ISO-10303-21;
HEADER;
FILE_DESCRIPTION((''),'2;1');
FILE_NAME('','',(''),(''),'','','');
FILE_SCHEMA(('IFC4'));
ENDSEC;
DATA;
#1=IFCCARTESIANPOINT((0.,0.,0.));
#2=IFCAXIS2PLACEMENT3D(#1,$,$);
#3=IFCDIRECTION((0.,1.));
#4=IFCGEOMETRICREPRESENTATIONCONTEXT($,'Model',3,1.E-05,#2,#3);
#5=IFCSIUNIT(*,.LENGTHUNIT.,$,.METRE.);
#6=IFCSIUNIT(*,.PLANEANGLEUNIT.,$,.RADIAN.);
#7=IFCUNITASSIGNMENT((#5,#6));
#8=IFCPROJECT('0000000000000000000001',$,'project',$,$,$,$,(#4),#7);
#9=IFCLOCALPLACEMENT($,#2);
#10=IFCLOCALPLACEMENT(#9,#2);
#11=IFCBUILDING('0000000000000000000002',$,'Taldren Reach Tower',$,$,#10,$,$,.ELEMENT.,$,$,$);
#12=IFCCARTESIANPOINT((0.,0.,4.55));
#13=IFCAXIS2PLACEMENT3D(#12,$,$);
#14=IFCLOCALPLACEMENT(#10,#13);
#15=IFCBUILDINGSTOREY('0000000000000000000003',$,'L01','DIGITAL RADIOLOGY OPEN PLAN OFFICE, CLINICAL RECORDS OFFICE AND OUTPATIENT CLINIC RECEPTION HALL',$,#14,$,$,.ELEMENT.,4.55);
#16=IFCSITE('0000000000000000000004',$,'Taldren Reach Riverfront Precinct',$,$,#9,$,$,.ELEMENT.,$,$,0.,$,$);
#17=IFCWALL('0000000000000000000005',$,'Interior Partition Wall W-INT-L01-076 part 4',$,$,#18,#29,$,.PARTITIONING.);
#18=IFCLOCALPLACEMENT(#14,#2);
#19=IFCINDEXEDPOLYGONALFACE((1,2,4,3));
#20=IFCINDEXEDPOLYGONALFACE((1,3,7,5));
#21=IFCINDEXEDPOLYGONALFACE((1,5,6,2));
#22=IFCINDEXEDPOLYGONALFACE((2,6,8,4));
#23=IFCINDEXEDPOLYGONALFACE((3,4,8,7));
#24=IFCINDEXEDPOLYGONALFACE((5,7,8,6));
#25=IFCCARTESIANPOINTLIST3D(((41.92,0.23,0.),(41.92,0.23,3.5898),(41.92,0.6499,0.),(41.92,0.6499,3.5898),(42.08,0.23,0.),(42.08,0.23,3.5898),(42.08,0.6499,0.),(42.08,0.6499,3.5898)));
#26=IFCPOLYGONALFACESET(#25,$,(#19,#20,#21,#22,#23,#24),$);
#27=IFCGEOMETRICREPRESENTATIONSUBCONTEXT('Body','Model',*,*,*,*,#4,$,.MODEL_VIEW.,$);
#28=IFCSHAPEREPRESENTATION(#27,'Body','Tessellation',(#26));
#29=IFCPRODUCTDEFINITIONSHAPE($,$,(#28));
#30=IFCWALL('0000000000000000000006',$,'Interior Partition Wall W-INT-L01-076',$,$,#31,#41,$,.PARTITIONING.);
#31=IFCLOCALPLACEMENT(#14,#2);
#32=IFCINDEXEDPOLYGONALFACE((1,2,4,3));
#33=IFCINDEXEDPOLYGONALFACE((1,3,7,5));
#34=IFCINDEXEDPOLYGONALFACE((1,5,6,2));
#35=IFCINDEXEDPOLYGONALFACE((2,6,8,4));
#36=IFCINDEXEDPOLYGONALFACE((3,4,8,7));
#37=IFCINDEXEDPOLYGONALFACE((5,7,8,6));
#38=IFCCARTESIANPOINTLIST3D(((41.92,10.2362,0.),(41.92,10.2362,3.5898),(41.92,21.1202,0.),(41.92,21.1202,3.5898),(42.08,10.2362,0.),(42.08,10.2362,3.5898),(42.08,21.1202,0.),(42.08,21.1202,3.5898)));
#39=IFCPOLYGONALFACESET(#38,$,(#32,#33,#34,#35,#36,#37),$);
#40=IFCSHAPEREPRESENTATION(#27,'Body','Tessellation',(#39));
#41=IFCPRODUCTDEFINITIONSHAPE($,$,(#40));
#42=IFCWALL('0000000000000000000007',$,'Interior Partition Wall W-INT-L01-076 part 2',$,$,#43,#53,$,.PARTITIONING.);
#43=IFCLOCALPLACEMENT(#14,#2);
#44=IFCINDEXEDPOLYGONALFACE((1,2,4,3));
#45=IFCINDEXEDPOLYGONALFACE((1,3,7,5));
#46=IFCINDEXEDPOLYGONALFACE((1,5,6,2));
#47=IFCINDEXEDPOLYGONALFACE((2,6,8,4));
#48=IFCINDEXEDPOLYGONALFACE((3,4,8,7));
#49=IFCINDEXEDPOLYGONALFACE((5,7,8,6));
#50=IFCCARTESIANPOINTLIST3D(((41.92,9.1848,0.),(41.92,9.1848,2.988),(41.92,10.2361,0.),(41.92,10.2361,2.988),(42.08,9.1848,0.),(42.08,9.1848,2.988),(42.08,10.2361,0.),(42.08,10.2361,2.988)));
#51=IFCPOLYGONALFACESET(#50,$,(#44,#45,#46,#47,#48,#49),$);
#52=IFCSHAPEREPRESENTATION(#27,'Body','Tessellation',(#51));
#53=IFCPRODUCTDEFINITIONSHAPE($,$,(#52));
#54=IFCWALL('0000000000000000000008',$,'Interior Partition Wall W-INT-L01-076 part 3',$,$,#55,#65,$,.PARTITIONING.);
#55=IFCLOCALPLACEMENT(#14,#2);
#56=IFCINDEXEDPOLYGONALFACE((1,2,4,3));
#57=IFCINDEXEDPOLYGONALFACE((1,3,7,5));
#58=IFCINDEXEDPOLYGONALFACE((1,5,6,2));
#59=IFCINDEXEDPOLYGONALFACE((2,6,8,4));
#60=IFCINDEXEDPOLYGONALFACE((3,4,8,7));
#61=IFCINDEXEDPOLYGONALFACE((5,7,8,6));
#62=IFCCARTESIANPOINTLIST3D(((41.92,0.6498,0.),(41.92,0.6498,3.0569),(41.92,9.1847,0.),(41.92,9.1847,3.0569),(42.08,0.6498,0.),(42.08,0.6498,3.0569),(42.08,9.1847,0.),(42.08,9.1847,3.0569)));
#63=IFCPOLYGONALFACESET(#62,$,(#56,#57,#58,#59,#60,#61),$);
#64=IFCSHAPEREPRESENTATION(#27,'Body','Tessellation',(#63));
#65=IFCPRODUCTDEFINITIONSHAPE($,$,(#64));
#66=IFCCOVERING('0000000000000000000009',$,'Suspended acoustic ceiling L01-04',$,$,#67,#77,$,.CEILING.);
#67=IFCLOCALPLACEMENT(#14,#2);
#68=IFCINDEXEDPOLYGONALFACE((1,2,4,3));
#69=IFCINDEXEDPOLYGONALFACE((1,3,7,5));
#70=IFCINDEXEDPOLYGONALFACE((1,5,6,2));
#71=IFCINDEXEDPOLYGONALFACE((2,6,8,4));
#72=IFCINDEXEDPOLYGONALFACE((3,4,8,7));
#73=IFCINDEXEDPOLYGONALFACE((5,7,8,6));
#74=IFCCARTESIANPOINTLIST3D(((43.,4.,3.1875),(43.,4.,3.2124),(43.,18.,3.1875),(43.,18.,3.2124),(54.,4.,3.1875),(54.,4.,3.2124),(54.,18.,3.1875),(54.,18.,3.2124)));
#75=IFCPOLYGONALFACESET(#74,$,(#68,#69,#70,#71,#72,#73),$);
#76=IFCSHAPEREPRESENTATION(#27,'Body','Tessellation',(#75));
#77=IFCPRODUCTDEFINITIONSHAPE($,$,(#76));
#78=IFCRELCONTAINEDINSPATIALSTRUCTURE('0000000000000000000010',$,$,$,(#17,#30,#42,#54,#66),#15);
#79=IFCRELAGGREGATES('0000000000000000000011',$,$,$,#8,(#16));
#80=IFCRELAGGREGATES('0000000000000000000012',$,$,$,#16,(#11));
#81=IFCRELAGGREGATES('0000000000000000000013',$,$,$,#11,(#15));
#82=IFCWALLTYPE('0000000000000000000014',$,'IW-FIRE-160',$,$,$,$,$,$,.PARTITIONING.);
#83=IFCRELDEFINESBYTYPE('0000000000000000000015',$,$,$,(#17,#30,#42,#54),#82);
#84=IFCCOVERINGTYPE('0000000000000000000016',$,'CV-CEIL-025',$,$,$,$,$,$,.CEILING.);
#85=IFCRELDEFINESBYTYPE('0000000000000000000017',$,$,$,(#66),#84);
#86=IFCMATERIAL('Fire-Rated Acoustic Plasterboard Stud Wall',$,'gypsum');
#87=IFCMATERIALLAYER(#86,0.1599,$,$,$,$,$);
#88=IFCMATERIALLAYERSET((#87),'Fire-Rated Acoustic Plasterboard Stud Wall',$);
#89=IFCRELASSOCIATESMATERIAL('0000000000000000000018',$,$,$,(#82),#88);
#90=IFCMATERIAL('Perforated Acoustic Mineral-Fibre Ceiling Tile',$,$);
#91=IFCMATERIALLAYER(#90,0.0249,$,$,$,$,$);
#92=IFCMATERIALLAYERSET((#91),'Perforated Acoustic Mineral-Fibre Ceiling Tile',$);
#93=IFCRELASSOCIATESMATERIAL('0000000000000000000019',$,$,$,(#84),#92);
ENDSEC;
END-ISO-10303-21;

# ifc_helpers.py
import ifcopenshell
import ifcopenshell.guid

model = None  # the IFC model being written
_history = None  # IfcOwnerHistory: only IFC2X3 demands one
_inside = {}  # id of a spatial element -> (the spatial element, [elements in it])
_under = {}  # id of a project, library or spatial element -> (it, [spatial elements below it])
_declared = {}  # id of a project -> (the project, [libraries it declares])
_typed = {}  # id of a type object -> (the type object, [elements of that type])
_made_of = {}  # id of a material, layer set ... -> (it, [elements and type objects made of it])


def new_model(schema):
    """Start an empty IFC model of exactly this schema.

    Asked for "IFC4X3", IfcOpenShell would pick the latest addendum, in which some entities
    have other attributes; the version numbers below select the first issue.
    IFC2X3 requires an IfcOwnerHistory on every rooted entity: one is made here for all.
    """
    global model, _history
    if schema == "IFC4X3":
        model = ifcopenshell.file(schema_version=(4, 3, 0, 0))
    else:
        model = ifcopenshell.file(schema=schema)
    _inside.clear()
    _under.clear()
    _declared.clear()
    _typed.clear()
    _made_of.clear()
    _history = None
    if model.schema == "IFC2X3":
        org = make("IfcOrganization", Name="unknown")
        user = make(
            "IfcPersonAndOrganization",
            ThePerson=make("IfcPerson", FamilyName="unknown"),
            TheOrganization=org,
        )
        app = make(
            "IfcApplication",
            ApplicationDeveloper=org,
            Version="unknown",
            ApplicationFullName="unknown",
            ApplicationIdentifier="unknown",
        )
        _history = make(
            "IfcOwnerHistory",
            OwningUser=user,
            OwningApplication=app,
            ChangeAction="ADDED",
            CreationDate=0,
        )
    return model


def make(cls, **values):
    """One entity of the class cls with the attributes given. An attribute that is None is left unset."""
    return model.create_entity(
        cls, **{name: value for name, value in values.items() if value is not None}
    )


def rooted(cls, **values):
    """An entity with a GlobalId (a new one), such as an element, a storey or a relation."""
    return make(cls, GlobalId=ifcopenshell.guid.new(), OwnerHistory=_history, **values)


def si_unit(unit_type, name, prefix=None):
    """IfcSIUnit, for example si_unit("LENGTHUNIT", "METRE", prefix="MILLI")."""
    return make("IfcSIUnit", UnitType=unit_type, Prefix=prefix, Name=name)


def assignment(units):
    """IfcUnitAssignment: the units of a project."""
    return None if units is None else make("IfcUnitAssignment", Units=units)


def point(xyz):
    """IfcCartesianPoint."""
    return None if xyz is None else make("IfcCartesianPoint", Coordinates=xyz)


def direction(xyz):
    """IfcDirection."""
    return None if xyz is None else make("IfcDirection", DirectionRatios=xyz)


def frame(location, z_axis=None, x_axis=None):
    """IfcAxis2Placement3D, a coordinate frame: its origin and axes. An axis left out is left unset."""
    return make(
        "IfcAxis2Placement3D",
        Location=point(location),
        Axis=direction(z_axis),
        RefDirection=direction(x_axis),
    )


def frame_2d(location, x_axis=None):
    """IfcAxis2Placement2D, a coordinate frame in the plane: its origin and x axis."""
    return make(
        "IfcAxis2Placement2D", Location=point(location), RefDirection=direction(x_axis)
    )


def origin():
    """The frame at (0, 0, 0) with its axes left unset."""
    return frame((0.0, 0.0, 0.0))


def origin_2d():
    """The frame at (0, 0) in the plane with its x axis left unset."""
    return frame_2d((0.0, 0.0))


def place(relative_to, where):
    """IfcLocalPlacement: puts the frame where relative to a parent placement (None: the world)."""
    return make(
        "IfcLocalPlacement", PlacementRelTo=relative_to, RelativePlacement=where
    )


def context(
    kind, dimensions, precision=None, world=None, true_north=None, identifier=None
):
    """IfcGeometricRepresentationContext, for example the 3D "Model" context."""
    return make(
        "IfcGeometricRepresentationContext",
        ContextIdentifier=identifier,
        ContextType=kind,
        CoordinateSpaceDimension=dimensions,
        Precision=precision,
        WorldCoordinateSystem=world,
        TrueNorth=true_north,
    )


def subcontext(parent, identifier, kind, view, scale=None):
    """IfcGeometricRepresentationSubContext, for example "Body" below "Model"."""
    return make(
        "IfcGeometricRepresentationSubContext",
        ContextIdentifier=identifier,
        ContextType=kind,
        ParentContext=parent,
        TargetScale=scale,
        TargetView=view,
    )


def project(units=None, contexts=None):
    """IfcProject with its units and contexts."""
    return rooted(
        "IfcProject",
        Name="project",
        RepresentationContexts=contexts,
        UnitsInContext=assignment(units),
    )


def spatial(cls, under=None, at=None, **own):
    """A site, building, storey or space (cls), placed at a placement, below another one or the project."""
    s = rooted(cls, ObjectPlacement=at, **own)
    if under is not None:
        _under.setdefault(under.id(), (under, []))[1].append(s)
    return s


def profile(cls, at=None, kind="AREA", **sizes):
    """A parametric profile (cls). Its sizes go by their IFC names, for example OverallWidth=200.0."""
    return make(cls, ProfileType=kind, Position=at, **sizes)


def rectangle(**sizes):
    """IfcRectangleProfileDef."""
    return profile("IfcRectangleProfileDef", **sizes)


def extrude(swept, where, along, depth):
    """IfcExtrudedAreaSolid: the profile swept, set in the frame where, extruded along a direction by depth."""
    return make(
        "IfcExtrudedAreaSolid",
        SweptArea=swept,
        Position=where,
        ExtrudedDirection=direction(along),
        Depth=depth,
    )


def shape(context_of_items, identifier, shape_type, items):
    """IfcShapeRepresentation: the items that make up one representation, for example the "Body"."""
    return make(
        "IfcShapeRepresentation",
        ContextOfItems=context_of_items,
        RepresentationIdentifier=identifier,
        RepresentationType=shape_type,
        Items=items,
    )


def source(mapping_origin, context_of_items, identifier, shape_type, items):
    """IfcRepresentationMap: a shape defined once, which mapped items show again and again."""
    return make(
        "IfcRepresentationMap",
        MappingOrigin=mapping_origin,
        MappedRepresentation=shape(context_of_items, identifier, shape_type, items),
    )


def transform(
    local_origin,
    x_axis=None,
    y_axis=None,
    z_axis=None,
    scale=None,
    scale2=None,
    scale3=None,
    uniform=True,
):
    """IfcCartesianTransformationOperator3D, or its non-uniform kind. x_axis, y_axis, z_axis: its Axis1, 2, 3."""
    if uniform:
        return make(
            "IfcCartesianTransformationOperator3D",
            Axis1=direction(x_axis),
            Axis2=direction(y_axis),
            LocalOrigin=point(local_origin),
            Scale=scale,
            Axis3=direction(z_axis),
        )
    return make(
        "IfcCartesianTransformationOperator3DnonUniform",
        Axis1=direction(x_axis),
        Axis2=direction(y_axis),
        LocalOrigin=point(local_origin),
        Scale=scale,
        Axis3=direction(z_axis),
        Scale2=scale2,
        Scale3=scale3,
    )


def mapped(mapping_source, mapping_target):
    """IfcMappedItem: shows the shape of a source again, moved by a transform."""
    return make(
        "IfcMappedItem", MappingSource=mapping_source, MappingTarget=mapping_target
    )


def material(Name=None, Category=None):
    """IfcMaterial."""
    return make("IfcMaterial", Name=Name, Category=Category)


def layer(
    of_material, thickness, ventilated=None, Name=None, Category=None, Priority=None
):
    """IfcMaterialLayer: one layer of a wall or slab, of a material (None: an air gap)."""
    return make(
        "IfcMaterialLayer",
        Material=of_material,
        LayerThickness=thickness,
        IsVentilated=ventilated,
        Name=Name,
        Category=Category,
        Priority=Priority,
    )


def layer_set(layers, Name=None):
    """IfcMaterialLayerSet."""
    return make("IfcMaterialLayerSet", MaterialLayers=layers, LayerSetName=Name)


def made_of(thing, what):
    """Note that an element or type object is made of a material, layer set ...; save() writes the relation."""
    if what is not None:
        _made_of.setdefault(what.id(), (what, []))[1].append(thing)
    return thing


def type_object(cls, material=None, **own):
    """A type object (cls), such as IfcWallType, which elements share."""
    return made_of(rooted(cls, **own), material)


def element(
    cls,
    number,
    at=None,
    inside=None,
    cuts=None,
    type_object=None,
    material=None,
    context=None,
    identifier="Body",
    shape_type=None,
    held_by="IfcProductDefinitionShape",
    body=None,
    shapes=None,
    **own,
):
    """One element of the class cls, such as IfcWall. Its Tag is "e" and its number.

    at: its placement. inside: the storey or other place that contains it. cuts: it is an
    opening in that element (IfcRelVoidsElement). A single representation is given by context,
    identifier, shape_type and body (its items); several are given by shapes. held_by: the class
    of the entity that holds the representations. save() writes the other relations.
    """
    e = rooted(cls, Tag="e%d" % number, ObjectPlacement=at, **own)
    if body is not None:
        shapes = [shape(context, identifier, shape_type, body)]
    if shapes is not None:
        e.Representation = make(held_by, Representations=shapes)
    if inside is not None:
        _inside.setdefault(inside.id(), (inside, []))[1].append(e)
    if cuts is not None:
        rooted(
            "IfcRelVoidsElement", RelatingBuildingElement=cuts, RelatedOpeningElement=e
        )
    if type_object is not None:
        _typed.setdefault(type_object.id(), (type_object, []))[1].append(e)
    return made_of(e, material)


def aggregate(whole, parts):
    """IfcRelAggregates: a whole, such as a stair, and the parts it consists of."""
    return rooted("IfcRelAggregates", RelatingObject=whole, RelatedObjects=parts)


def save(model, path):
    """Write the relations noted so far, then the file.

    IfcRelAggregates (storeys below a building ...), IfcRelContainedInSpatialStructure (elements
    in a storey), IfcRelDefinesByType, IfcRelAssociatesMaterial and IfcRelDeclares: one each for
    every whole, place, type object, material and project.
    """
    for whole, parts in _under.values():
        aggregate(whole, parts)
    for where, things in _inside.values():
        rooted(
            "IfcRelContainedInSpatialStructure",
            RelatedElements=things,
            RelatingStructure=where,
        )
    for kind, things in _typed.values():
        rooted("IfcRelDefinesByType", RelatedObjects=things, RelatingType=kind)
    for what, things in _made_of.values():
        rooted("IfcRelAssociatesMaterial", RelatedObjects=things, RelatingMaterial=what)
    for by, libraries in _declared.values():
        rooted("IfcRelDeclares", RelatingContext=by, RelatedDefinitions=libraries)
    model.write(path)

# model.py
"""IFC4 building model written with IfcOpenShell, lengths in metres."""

from ifc_helpers import new_model, si_unit, direction, frame, frame_2d, origin, origin_2d, place, context, subcontext, project, spatial, rectangle, extrude, source, transform, mapped, material, layer, layer_set, type_object, element, save


model = new_model("IFC4")

# Units and contexts
model_context = context("Model", 3, precision=1e-05, world=origin(), true_north=direction((0.0, 1.0)))
body_context = subcontext(model_context, "Body", "Model", "MODEL_VIEW")
ifc_project = project(units=[si_unit("LENGTHUNIT", "METRE"), si_unit("PLANEANGLEUNIT", "RADIAN")], contexts=[model_context])

# Site, building, storey
site_placement = place(None, origin())
site = spatial("IfcSite", under=ifc_project, at=site_placement, Name="Taldren Reach Riverfront Precinct", CompositionType="ELEMENT", RefElevation=0.0)
building_placement = place(site_placement, origin())
building = spatial("IfcBuilding", under=site, at=building_placement, Name="Taldren Reach Tower", CompositionType="ELEMENT")
storey_placement = place(building_placement, frame((0.0, 0.0, 4.55)))
storey = spatial("IfcBuildingStorey", under=building, at=storey_placement, Name="L01", Description="DIGITAL RADIOLOGY OPEN PLAN OFFICE, CLINICAL RECORDS OFFICE AND OUTPATIENT CLINIC RECEPTION HALL", CompositionType="ELEMENT", Elevation=4.55)

# Shared definitions
ifc_material_1 = material(Name="Fire-Rated Acoustic Plasterboard Stud Wall", Category="gypsum")
ifc_layer_1 = layer(ifc_material_1, 0.1599)
ifc_layer_set_1 = layer_set([ifc_layer_1], Name="Fire-Rated Acoustic Plasterboard Stud Wall")
wall_type_1 = type_object("IfcWallType", Name="IW-FIRE-160", PredefinedType="PARTITIONING", material=ifc_layer_set_1)

# Walls
shared_shape_1 = source(origin(), body_context, "Body", "SweptSolid", [
    extrude(rectangle(XDim=0.4199, YDim=0.1599, at=frame_2d((0.21, 0.0))), origin(), (0.0, 0.0, 1.0), 3.5898),
])
wall_1_placement = place(storey_placement, frame((42.0, 0.6499, 0.0), z_axis=(0.0, 0.0, 1.0), x_axis=(0.0, -1.0, 0.0)))
element("IfcWall", 1, at=wall_1_placement, inside=storey, type_object=wall_type_1, Name="Interior Partition Wall W-INT-L01-076 part 4", PredefinedType="PARTITIONING", context=body_context, shape_type="MappedRepresentation", body=[
    mapped(shared_shape_1, transform((0.0, 0.0, 0.0), scale=1.0)),
])
shared_shape_2 = source(origin(), body_context, "Body", "SweptSolid", [
    extrude(rectangle(XDim=10.884, YDim=0.1599, at=frame_2d((5.4419, 0.0))), origin(), (0.0, 0.0, 1.0), 3.5898),
])
wall_2_placement = place(storey_placement, frame((42.0, 21.1201, 0.0), z_axis=(0.0, 0.0, 1.0), x_axis=(0.0, -1.0, 0.0)))
element("IfcWall", 2, at=wall_2_placement, inside=storey, type_object=wall_type_1, Name="Interior Partition Wall W-INT-L01-076", PredefinedType="PARTITIONING", context=body_context, shape_type="MappedRepresentation", body=[
    mapped(shared_shape_2, transform((0.0, 0.0, 0.0), scale=1.0)),
])
shared_shape_3 = source(origin(), body_context, "Body", "SweptSolid", [
    extrude(rectangle(XDim=1.0513, YDim=0.1599, at=frame_2d((0.5256, 0.0))), origin(), (0.0, 0.0, 1.0), 2.988),
])
wall_3_placement = place(storey_placement, frame((42.0, 10.2361, 0.0), z_axis=(0.0, 0.0, 1.0), x_axis=(0.0, -1.0, 0.0)))
element("IfcWall", 3, at=wall_3_placement, inside=storey, type_object=wall_type_1, Name="Interior Partition Wall W-INT-L01-076 part 2", PredefinedType="PARTITIONING", context=body_context, shape_type="MappedRepresentation", body=[
    mapped(shared_shape_3, transform((0.0, 0.0, 0.0), scale=1.0)),
])
shared_shape_4 = source(origin(), body_context, "Body", "SweptSolid", [
    extrude(rectangle(XDim=8.5349, YDim=0.1599, at=frame_2d((4.2676, 0.0))), origin(), (0.0, 0.0, 1.0), 3.0569),
])
wall_4_placement = place(storey_placement, frame((42.0, 9.1848, 0.0), z_axis=(0.0, 0.0, 1.0), x_axis=(0.0, -1.0, 0.0)))
element("IfcWall", 4, at=wall_4_placement, inside=storey, type_object=wall_type_1, Name="Interior Partition Wall W-INT-L01-076 part 3", PredefinedType="PARTITIONING", context=body_context, shape_type="MappedRepresentation", body=[
    mapped(shared_shape_4, transform((0.0, 0.0, 0.0), scale=1.0)),
])

# Covering
ifc_material_2 = material(Name="Perforated Acoustic Mineral-Fibre Ceiling Tile")
ifc_layer_2 = layer(ifc_material_2, 0.0249)
ifc_layer_set_2 = layer_set([ifc_layer_2], Name="Perforated Acoustic Mineral-Fibre Ceiling Tile")
covering_type = type_object("IfcCoveringType", Name="CV-CEIL-025", PredefinedType="CEILING", material=ifc_layer_set_2)
shared_shape_5 = source(origin(), body_context, "Body", "SweptSolid", [
    extrude(rectangle(XDim=11.0, YDim=14.0, at=origin_2d()), origin(), (0.0, 0.0, 1.0), 0.0249),
])
covering_placement = place(storey_placement, frame((48.5, 11.0, 3.1875), z_axis=(0.0, 0.0, 1.0), x_axis=(1.0, 0.0, 0.0)))
element("IfcCovering", 5, at=covering_placement, inside=storey, type_object=covering_type, Name="Suspended acoustic ceiling L01-04", PredefinedType="CEILING", context=body_context, shape_type="MappedRepresentation", body=[
    mapped(shared_shape_5, transform((0.0, 0.0, 0.0), scale=1.0)),
])

save(model, "model.ifc")
